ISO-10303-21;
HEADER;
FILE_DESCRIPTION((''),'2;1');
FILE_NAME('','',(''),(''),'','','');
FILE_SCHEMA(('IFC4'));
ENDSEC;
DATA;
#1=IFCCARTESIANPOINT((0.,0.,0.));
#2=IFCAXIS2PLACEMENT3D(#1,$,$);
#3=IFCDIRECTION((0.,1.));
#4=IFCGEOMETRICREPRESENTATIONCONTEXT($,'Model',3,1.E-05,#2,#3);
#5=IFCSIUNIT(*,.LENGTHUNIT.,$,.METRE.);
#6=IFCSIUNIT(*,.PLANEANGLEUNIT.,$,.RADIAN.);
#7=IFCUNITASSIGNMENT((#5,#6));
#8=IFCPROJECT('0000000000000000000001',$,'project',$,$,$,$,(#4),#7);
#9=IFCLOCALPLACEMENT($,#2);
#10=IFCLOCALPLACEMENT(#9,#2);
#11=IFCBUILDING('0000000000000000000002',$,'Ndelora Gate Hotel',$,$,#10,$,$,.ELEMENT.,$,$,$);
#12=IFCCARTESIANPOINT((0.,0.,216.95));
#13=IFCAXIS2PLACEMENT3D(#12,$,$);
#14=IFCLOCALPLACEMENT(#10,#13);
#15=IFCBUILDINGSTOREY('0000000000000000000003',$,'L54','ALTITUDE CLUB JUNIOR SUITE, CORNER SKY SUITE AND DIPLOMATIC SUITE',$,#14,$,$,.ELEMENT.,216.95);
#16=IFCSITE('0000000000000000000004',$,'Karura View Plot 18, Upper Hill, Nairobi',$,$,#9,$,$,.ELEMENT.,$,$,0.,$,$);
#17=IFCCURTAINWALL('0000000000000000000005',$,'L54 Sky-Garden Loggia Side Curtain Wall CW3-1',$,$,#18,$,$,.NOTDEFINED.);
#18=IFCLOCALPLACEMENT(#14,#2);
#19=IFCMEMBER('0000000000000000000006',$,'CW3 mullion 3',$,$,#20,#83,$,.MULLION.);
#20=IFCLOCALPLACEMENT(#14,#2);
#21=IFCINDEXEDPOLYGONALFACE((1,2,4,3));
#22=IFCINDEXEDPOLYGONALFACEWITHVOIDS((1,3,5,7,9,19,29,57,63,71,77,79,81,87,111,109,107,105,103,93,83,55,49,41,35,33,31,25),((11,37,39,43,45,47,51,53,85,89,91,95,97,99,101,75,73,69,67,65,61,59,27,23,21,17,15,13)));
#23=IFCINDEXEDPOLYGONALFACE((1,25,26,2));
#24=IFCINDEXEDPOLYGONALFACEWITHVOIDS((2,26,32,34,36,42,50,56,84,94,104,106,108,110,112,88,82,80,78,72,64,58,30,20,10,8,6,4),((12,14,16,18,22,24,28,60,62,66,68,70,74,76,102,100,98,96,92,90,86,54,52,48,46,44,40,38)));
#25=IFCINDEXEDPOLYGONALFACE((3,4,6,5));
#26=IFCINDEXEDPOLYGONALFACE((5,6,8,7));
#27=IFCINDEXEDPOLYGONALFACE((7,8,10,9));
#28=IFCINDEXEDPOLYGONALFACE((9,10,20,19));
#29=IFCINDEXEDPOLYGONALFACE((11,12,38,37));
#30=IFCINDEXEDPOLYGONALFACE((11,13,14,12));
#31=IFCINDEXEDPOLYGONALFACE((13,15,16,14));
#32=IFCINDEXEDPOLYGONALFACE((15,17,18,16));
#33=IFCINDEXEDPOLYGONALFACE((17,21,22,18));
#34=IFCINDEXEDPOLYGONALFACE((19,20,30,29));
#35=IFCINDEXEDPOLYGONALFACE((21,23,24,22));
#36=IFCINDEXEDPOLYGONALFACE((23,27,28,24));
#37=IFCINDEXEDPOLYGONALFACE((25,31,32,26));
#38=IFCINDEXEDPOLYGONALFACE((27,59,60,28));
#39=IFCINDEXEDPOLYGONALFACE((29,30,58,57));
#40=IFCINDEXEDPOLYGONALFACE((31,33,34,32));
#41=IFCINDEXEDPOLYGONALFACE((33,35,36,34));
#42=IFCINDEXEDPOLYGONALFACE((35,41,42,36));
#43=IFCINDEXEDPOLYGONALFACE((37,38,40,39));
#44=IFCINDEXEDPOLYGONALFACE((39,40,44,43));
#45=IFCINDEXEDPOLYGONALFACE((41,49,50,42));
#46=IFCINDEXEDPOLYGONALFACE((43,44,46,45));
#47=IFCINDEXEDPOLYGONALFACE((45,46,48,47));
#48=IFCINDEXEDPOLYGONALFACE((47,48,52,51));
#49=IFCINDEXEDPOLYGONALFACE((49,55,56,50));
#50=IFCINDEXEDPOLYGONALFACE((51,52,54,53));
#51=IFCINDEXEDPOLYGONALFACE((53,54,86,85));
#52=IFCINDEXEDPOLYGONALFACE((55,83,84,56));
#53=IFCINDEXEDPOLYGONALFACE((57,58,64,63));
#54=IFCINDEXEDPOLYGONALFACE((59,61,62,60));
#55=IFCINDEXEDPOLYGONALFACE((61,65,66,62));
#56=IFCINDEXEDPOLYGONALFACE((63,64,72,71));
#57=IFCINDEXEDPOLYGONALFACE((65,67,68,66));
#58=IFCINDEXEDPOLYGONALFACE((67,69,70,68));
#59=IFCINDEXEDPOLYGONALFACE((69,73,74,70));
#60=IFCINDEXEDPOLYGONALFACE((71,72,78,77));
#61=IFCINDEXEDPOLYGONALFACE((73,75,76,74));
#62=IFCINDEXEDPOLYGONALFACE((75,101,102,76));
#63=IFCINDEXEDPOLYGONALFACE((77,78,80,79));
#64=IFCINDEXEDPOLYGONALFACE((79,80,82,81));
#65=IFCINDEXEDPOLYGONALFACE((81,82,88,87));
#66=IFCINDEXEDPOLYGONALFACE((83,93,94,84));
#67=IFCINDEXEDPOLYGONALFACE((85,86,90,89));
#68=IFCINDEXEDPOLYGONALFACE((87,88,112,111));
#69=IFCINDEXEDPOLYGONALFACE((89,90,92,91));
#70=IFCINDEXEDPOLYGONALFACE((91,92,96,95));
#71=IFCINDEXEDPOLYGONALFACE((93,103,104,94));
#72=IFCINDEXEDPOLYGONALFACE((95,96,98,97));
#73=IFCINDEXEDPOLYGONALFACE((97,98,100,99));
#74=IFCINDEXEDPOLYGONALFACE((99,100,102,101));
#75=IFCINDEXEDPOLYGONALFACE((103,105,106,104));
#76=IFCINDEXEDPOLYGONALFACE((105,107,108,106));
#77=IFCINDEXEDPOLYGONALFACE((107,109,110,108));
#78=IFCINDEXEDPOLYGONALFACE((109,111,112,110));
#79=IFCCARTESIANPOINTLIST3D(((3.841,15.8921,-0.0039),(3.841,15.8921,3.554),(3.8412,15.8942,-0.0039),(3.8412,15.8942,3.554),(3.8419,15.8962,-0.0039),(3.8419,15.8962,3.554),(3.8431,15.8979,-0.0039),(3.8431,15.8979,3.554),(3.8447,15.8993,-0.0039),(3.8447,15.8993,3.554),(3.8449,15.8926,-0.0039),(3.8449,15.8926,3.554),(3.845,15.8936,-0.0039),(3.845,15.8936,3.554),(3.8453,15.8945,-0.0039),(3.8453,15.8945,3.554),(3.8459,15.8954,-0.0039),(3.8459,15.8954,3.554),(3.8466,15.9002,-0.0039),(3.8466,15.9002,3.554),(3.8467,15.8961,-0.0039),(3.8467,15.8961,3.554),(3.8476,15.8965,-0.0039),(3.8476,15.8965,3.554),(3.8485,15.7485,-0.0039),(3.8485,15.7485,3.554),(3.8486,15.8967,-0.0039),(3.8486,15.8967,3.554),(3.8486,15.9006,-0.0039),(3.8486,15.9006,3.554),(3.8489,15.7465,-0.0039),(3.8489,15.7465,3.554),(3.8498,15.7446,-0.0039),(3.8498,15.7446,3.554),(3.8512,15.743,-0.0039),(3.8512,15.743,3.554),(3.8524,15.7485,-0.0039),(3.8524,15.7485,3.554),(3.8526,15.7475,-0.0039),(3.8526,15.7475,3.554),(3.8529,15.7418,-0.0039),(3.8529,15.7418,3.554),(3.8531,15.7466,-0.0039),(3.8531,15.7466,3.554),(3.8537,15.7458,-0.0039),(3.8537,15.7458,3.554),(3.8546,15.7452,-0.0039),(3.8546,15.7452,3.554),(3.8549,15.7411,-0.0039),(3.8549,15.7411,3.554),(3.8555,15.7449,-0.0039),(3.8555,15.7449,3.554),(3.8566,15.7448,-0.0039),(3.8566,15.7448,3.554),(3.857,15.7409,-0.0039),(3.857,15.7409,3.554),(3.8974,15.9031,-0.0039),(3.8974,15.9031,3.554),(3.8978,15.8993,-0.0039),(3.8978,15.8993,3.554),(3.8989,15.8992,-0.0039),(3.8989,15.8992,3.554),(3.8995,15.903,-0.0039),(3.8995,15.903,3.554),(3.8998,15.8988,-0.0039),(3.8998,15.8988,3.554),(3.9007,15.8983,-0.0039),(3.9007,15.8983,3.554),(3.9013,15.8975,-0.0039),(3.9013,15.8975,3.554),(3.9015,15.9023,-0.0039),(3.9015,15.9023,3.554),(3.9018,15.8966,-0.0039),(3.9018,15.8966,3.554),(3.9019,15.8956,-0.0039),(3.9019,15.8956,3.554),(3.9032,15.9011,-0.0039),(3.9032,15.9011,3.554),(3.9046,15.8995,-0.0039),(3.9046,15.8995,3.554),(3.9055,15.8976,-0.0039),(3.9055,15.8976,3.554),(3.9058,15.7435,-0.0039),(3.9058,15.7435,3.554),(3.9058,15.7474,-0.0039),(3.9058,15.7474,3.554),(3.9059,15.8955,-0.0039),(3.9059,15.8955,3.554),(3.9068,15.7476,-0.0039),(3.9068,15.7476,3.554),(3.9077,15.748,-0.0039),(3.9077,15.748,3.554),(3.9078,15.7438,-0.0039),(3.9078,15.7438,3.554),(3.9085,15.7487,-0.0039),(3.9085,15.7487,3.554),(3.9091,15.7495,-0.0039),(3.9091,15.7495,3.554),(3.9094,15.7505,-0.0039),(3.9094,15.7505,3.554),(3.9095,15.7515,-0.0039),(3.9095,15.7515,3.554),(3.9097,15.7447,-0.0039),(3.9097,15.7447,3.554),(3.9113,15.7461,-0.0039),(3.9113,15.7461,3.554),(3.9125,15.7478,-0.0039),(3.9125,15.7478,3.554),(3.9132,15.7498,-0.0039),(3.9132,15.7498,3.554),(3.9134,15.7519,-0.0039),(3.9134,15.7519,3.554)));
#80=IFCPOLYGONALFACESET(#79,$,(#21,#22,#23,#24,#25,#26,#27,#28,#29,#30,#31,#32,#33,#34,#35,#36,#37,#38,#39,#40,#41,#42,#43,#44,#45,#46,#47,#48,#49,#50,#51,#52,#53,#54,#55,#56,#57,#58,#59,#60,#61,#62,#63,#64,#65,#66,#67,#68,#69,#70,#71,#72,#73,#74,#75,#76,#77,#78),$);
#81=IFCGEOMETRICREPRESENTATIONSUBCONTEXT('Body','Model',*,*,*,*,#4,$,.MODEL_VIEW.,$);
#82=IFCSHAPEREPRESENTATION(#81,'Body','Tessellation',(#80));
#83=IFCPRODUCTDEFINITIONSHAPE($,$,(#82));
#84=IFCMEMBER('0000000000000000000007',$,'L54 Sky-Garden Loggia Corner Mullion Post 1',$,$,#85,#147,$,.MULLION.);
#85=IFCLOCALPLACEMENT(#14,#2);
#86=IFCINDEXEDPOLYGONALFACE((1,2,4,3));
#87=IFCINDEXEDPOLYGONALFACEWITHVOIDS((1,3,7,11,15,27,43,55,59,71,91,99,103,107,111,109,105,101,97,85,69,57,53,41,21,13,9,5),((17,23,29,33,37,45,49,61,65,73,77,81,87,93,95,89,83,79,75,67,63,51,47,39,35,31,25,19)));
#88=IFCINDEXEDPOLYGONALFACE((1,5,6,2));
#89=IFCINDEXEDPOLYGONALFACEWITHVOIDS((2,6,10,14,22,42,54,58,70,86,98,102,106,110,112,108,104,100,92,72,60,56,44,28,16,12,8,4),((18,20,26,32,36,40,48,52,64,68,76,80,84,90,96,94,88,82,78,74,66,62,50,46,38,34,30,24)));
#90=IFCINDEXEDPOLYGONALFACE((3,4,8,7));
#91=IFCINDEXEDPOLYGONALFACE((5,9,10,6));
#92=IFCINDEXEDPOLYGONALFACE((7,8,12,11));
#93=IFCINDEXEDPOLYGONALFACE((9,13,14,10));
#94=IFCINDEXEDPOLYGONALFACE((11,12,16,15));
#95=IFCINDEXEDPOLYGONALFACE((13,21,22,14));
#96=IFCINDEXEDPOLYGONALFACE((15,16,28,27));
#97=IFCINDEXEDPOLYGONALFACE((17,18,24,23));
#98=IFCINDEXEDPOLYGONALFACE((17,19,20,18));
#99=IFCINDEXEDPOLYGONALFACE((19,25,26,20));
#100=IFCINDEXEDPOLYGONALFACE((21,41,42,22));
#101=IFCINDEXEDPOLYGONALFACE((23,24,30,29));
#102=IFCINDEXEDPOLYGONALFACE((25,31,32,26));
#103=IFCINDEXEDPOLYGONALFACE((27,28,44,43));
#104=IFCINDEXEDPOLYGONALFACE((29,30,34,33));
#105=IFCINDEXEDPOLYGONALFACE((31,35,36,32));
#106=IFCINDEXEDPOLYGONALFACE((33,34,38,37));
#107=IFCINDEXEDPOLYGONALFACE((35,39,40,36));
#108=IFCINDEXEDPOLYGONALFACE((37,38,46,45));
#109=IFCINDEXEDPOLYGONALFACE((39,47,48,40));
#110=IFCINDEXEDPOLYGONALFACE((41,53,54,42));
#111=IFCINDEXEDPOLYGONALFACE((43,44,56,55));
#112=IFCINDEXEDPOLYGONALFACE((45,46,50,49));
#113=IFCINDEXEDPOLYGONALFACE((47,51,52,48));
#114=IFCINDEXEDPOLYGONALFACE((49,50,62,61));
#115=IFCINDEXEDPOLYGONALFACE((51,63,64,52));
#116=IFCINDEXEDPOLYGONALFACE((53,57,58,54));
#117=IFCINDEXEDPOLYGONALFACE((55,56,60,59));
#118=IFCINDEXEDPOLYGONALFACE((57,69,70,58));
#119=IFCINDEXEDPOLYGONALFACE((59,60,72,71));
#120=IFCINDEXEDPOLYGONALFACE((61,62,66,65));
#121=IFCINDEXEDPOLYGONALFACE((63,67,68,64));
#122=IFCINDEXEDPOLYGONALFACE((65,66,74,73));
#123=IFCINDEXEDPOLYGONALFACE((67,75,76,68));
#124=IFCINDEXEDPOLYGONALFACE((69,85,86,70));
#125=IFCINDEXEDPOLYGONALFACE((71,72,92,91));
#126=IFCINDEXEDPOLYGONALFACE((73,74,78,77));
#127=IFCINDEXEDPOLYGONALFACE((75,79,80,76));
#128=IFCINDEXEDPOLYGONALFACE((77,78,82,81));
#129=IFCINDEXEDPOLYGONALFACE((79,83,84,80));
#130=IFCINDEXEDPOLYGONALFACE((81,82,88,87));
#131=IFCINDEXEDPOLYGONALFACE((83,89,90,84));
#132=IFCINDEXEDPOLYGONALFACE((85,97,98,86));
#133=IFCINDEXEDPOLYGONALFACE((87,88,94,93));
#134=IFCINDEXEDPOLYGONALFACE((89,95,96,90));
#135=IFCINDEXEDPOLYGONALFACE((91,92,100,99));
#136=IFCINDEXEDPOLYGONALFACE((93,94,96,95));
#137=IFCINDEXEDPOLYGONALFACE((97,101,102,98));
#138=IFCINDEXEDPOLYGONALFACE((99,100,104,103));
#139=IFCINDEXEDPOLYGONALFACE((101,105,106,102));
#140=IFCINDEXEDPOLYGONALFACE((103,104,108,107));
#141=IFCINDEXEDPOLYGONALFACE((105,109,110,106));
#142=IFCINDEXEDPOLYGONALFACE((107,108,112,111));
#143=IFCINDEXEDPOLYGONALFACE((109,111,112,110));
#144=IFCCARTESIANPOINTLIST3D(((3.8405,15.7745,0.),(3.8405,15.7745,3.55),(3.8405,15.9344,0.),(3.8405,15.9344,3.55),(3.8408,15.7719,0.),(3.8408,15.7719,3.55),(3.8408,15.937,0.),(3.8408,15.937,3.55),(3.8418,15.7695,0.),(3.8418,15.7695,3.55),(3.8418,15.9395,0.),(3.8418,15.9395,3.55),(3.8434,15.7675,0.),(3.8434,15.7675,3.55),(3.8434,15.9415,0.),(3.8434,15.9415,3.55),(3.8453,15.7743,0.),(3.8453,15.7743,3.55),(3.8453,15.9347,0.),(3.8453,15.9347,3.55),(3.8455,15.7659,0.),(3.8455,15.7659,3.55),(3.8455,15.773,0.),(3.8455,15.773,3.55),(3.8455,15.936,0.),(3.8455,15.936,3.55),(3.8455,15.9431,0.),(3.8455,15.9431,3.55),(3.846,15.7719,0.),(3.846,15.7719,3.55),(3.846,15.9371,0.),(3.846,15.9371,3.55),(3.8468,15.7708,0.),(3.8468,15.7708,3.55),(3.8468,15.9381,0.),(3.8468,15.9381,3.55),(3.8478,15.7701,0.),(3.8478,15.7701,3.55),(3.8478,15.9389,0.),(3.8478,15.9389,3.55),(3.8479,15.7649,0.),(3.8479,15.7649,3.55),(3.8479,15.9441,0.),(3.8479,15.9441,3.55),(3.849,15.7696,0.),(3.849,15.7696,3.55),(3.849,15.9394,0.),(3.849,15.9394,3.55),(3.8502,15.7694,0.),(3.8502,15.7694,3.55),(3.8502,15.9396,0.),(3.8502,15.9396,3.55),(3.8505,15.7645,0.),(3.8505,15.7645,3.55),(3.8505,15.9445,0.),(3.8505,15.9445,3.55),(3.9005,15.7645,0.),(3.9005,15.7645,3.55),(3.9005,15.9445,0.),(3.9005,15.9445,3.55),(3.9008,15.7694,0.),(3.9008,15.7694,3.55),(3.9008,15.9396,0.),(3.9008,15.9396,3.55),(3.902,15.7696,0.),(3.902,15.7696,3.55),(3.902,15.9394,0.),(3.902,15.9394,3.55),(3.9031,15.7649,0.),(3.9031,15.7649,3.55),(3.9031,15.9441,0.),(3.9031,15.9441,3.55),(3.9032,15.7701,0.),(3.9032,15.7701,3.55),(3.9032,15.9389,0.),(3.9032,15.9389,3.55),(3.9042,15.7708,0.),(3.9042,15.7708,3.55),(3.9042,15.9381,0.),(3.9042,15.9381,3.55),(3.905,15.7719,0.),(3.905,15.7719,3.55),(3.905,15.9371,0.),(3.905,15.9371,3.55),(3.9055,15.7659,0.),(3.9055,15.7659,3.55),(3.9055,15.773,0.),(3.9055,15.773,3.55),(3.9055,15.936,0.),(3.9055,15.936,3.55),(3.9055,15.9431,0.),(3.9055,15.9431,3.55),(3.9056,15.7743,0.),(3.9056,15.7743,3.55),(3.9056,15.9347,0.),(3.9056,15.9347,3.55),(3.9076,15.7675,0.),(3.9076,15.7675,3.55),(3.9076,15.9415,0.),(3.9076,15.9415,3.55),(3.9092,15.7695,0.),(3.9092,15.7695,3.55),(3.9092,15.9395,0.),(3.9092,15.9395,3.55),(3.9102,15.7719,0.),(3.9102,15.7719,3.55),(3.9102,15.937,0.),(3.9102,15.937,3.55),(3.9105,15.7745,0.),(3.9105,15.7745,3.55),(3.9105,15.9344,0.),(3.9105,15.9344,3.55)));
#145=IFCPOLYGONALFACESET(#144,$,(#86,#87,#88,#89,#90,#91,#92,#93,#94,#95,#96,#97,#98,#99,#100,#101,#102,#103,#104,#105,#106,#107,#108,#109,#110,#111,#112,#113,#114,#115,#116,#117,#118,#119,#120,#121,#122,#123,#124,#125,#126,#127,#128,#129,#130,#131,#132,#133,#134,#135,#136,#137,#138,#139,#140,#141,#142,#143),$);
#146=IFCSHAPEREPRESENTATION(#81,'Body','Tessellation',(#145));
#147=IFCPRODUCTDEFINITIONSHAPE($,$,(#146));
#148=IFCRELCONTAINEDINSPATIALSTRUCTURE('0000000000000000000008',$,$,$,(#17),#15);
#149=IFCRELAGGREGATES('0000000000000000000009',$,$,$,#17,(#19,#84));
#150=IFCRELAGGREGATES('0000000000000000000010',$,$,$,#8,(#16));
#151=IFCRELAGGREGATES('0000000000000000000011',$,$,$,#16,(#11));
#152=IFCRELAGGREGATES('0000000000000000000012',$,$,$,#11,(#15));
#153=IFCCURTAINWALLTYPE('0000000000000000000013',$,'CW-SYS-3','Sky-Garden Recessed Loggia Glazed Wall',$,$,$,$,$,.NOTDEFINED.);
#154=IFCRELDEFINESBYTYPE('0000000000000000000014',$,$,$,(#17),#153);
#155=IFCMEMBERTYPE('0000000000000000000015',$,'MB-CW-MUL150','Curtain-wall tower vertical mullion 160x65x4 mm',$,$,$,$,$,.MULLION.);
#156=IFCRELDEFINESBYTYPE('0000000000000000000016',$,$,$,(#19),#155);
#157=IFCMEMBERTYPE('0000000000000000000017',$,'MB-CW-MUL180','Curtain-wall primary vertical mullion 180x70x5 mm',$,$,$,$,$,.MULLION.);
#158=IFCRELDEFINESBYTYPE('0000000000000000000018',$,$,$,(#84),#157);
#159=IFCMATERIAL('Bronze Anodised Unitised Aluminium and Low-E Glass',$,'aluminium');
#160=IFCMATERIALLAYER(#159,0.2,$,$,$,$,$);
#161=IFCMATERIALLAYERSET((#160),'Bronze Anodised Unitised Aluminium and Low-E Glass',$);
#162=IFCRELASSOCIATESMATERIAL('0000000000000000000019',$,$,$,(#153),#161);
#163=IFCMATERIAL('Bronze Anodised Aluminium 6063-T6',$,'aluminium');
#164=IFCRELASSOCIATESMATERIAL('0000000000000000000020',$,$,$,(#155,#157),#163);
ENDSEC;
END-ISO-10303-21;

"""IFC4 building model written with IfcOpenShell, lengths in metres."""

from ifc_helpers import new_model, si_unit, direction, frame, origin, origin_2d, place, context, subcontext, project, spatial, hollow_rectangle, extrude, material, layer, layer_set, material_profile, profile_set, type_object, element, aggregate, save


model = new_model("IFC4")

# Units and contexts
model_context = context("Model", 3, precision=1e-05, world=origin(), true_north=direction((0.0, 1.0)))
body_context = subcontext(model_context, "Body", "Model", "MODEL_VIEW")
ifc_project = project(units=[si_unit("LENGTHUNIT", "METRE"), si_unit("PLANEANGLEUNIT", "RADIAN")], contexts=[model_context])

# Site, building, storey
site_placement = place(None, origin())
site = spatial("IfcSite", under=ifc_project, at=site_placement, Name="Karura View Plot 18, Upper Hill, Nairobi", CompositionType="ELEMENT", RefElevation=0.0)
building_placement = place(site_placement, origin())
building = spatial("IfcBuilding", under=site, at=building_placement, Name="Ndelora Gate Hotel", CompositionType="ELEMENT")
storey_placement = place(building_placement, frame((0.0, 0.0, 216.95)))
storey = spatial("IfcBuildingStorey", under=building, at=storey_placement, Name="L54", Description="ALTITUDE CLUB JUNIOR SUITE, CORNER SKY SUITE AND DIPLOMATIC SUITE", CompositionType="ELEMENT", Elevation=216.95)

# Curtain wall, members
ifc_material_1 = material(Name="Bronze Anodised Unitised Aluminium and Low-E Glass", Category="aluminium")
ifc_layer_1 = layer(ifc_material_1, 0.2)
ifc_layer_set_1 = layer_set([ifc_layer_1], Name="Bronze Anodised Unitised Aluminium and Low-E Glass")
curtain_wall_type = type_object("IfcCurtainWallType", Name="CW-SYS-3", Description="Sky-Garden Recessed Loggia Glazed Wall", PredefinedType="NOTDEFINED", material=ifc_layer_set_1)
curtain_wall_placement = place(storey_placement, origin())
curtain_wall = element("IfcCurtainWall", 1, at=curtain_wall_placement, inside=storey, type_object=curtain_wall_type, Name="L54 Sky-Garden Loggia Side Curtain Wall CW3-1", PredefinedType="NOTDEFINED")
ifc_material_2 = material(Name="Bronze Anodised Aluminium 6063-T6", Category="aluminium")
ifc_material_profile_1 = material_profile(ifc_material_2, hollow_rectangle(XDim=0.0649, YDim=0.1599, WallThickness=0.0039, InnerFilletRadius=0.0039, OuterFilletRadius=0.0081, at=origin_2d()), Name="ALU 160x65x4")
ifc_profile_set_1 = profile_set([ifc_material_profile_1], Name="Bronze Anodised Aluminium 6063-T6")
member_type_1 = type_object("IfcMemberType", Name="MB-CW-MUL150", Description="Curtain-wall tower vertical mullion 160x65x4 mm", PredefinedType="MULLION", material=ifc_profile_set_1)
member_1_placement = place(storey_placement, frame((3.8772, 15.822, -0.0039), z_axis=(0.0, 0.0, 1.0), x_axis=(-0.99863, -0.052318, 0.0)))
member_1 = element("IfcMember", 2, at=member_1_placement, type_object=member_type_1, Name="CW3 mullion 3", PredefinedType="MULLION", context=body_context, shape_type="SweptSolid", body=[
    extrude(hollow_rectangle(XDim=0.0649, YDim=0.1599, WallThickness=0.0039, InnerFilletRadius=0.0039, OuterFilletRadius=0.0081, at=origin_2d()), origin(), (0.0, 0.0, 1.0), 3.5579),
])
ifc_material_profile_2 = material_profile(ifc_material_2, hollow_rectangle(XDim=0.0701, YDim=0.1799, WallThickness=0.0049, InnerFilletRadius=0.0049, OuterFilletRadius=0.01, at=origin_2d()), Name="ALU 180x70x5")
ifc_profile_set_2 = profile_set([ifc_material_profile_2], Name="Bronze Anodised Aluminium 6063-T6")
member_type_2 = type_object("IfcMemberType", Name="MB-CW-MUL180", Description="Curtain-wall primary vertical mullion 180x70x5 mm", PredefinedType="MULLION", material=ifc_profile_set_2)
member_2_placement = place(storey_placement, frame((3.8755, 15.8545, 0.0), z_axis=(0.0, 0.0, 1.0), x_axis=(1.0, 0.0, 0.0)))
member_2 = element("IfcMember", 3, at=member_2_placement, type_object=member_type_2, Name="L54 Sky-Garden Loggia Corner Mullion Post 1", PredefinedType="MULLION", context=body_context, shape_type="SweptSolid", body=[
    extrude(hollow_rectangle(XDim=0.0701, YDim=0.1799, WallThickness=0.0049, InnerFilletRadius=0.0049, OuterFilletRadius=0.01, at=origin_2d()), origin(), (0.0, 0.0, 1.0), 3.55),
])
aggregate(curtain_wall, [member_1, member_2])

save(model, "model.ifc")
